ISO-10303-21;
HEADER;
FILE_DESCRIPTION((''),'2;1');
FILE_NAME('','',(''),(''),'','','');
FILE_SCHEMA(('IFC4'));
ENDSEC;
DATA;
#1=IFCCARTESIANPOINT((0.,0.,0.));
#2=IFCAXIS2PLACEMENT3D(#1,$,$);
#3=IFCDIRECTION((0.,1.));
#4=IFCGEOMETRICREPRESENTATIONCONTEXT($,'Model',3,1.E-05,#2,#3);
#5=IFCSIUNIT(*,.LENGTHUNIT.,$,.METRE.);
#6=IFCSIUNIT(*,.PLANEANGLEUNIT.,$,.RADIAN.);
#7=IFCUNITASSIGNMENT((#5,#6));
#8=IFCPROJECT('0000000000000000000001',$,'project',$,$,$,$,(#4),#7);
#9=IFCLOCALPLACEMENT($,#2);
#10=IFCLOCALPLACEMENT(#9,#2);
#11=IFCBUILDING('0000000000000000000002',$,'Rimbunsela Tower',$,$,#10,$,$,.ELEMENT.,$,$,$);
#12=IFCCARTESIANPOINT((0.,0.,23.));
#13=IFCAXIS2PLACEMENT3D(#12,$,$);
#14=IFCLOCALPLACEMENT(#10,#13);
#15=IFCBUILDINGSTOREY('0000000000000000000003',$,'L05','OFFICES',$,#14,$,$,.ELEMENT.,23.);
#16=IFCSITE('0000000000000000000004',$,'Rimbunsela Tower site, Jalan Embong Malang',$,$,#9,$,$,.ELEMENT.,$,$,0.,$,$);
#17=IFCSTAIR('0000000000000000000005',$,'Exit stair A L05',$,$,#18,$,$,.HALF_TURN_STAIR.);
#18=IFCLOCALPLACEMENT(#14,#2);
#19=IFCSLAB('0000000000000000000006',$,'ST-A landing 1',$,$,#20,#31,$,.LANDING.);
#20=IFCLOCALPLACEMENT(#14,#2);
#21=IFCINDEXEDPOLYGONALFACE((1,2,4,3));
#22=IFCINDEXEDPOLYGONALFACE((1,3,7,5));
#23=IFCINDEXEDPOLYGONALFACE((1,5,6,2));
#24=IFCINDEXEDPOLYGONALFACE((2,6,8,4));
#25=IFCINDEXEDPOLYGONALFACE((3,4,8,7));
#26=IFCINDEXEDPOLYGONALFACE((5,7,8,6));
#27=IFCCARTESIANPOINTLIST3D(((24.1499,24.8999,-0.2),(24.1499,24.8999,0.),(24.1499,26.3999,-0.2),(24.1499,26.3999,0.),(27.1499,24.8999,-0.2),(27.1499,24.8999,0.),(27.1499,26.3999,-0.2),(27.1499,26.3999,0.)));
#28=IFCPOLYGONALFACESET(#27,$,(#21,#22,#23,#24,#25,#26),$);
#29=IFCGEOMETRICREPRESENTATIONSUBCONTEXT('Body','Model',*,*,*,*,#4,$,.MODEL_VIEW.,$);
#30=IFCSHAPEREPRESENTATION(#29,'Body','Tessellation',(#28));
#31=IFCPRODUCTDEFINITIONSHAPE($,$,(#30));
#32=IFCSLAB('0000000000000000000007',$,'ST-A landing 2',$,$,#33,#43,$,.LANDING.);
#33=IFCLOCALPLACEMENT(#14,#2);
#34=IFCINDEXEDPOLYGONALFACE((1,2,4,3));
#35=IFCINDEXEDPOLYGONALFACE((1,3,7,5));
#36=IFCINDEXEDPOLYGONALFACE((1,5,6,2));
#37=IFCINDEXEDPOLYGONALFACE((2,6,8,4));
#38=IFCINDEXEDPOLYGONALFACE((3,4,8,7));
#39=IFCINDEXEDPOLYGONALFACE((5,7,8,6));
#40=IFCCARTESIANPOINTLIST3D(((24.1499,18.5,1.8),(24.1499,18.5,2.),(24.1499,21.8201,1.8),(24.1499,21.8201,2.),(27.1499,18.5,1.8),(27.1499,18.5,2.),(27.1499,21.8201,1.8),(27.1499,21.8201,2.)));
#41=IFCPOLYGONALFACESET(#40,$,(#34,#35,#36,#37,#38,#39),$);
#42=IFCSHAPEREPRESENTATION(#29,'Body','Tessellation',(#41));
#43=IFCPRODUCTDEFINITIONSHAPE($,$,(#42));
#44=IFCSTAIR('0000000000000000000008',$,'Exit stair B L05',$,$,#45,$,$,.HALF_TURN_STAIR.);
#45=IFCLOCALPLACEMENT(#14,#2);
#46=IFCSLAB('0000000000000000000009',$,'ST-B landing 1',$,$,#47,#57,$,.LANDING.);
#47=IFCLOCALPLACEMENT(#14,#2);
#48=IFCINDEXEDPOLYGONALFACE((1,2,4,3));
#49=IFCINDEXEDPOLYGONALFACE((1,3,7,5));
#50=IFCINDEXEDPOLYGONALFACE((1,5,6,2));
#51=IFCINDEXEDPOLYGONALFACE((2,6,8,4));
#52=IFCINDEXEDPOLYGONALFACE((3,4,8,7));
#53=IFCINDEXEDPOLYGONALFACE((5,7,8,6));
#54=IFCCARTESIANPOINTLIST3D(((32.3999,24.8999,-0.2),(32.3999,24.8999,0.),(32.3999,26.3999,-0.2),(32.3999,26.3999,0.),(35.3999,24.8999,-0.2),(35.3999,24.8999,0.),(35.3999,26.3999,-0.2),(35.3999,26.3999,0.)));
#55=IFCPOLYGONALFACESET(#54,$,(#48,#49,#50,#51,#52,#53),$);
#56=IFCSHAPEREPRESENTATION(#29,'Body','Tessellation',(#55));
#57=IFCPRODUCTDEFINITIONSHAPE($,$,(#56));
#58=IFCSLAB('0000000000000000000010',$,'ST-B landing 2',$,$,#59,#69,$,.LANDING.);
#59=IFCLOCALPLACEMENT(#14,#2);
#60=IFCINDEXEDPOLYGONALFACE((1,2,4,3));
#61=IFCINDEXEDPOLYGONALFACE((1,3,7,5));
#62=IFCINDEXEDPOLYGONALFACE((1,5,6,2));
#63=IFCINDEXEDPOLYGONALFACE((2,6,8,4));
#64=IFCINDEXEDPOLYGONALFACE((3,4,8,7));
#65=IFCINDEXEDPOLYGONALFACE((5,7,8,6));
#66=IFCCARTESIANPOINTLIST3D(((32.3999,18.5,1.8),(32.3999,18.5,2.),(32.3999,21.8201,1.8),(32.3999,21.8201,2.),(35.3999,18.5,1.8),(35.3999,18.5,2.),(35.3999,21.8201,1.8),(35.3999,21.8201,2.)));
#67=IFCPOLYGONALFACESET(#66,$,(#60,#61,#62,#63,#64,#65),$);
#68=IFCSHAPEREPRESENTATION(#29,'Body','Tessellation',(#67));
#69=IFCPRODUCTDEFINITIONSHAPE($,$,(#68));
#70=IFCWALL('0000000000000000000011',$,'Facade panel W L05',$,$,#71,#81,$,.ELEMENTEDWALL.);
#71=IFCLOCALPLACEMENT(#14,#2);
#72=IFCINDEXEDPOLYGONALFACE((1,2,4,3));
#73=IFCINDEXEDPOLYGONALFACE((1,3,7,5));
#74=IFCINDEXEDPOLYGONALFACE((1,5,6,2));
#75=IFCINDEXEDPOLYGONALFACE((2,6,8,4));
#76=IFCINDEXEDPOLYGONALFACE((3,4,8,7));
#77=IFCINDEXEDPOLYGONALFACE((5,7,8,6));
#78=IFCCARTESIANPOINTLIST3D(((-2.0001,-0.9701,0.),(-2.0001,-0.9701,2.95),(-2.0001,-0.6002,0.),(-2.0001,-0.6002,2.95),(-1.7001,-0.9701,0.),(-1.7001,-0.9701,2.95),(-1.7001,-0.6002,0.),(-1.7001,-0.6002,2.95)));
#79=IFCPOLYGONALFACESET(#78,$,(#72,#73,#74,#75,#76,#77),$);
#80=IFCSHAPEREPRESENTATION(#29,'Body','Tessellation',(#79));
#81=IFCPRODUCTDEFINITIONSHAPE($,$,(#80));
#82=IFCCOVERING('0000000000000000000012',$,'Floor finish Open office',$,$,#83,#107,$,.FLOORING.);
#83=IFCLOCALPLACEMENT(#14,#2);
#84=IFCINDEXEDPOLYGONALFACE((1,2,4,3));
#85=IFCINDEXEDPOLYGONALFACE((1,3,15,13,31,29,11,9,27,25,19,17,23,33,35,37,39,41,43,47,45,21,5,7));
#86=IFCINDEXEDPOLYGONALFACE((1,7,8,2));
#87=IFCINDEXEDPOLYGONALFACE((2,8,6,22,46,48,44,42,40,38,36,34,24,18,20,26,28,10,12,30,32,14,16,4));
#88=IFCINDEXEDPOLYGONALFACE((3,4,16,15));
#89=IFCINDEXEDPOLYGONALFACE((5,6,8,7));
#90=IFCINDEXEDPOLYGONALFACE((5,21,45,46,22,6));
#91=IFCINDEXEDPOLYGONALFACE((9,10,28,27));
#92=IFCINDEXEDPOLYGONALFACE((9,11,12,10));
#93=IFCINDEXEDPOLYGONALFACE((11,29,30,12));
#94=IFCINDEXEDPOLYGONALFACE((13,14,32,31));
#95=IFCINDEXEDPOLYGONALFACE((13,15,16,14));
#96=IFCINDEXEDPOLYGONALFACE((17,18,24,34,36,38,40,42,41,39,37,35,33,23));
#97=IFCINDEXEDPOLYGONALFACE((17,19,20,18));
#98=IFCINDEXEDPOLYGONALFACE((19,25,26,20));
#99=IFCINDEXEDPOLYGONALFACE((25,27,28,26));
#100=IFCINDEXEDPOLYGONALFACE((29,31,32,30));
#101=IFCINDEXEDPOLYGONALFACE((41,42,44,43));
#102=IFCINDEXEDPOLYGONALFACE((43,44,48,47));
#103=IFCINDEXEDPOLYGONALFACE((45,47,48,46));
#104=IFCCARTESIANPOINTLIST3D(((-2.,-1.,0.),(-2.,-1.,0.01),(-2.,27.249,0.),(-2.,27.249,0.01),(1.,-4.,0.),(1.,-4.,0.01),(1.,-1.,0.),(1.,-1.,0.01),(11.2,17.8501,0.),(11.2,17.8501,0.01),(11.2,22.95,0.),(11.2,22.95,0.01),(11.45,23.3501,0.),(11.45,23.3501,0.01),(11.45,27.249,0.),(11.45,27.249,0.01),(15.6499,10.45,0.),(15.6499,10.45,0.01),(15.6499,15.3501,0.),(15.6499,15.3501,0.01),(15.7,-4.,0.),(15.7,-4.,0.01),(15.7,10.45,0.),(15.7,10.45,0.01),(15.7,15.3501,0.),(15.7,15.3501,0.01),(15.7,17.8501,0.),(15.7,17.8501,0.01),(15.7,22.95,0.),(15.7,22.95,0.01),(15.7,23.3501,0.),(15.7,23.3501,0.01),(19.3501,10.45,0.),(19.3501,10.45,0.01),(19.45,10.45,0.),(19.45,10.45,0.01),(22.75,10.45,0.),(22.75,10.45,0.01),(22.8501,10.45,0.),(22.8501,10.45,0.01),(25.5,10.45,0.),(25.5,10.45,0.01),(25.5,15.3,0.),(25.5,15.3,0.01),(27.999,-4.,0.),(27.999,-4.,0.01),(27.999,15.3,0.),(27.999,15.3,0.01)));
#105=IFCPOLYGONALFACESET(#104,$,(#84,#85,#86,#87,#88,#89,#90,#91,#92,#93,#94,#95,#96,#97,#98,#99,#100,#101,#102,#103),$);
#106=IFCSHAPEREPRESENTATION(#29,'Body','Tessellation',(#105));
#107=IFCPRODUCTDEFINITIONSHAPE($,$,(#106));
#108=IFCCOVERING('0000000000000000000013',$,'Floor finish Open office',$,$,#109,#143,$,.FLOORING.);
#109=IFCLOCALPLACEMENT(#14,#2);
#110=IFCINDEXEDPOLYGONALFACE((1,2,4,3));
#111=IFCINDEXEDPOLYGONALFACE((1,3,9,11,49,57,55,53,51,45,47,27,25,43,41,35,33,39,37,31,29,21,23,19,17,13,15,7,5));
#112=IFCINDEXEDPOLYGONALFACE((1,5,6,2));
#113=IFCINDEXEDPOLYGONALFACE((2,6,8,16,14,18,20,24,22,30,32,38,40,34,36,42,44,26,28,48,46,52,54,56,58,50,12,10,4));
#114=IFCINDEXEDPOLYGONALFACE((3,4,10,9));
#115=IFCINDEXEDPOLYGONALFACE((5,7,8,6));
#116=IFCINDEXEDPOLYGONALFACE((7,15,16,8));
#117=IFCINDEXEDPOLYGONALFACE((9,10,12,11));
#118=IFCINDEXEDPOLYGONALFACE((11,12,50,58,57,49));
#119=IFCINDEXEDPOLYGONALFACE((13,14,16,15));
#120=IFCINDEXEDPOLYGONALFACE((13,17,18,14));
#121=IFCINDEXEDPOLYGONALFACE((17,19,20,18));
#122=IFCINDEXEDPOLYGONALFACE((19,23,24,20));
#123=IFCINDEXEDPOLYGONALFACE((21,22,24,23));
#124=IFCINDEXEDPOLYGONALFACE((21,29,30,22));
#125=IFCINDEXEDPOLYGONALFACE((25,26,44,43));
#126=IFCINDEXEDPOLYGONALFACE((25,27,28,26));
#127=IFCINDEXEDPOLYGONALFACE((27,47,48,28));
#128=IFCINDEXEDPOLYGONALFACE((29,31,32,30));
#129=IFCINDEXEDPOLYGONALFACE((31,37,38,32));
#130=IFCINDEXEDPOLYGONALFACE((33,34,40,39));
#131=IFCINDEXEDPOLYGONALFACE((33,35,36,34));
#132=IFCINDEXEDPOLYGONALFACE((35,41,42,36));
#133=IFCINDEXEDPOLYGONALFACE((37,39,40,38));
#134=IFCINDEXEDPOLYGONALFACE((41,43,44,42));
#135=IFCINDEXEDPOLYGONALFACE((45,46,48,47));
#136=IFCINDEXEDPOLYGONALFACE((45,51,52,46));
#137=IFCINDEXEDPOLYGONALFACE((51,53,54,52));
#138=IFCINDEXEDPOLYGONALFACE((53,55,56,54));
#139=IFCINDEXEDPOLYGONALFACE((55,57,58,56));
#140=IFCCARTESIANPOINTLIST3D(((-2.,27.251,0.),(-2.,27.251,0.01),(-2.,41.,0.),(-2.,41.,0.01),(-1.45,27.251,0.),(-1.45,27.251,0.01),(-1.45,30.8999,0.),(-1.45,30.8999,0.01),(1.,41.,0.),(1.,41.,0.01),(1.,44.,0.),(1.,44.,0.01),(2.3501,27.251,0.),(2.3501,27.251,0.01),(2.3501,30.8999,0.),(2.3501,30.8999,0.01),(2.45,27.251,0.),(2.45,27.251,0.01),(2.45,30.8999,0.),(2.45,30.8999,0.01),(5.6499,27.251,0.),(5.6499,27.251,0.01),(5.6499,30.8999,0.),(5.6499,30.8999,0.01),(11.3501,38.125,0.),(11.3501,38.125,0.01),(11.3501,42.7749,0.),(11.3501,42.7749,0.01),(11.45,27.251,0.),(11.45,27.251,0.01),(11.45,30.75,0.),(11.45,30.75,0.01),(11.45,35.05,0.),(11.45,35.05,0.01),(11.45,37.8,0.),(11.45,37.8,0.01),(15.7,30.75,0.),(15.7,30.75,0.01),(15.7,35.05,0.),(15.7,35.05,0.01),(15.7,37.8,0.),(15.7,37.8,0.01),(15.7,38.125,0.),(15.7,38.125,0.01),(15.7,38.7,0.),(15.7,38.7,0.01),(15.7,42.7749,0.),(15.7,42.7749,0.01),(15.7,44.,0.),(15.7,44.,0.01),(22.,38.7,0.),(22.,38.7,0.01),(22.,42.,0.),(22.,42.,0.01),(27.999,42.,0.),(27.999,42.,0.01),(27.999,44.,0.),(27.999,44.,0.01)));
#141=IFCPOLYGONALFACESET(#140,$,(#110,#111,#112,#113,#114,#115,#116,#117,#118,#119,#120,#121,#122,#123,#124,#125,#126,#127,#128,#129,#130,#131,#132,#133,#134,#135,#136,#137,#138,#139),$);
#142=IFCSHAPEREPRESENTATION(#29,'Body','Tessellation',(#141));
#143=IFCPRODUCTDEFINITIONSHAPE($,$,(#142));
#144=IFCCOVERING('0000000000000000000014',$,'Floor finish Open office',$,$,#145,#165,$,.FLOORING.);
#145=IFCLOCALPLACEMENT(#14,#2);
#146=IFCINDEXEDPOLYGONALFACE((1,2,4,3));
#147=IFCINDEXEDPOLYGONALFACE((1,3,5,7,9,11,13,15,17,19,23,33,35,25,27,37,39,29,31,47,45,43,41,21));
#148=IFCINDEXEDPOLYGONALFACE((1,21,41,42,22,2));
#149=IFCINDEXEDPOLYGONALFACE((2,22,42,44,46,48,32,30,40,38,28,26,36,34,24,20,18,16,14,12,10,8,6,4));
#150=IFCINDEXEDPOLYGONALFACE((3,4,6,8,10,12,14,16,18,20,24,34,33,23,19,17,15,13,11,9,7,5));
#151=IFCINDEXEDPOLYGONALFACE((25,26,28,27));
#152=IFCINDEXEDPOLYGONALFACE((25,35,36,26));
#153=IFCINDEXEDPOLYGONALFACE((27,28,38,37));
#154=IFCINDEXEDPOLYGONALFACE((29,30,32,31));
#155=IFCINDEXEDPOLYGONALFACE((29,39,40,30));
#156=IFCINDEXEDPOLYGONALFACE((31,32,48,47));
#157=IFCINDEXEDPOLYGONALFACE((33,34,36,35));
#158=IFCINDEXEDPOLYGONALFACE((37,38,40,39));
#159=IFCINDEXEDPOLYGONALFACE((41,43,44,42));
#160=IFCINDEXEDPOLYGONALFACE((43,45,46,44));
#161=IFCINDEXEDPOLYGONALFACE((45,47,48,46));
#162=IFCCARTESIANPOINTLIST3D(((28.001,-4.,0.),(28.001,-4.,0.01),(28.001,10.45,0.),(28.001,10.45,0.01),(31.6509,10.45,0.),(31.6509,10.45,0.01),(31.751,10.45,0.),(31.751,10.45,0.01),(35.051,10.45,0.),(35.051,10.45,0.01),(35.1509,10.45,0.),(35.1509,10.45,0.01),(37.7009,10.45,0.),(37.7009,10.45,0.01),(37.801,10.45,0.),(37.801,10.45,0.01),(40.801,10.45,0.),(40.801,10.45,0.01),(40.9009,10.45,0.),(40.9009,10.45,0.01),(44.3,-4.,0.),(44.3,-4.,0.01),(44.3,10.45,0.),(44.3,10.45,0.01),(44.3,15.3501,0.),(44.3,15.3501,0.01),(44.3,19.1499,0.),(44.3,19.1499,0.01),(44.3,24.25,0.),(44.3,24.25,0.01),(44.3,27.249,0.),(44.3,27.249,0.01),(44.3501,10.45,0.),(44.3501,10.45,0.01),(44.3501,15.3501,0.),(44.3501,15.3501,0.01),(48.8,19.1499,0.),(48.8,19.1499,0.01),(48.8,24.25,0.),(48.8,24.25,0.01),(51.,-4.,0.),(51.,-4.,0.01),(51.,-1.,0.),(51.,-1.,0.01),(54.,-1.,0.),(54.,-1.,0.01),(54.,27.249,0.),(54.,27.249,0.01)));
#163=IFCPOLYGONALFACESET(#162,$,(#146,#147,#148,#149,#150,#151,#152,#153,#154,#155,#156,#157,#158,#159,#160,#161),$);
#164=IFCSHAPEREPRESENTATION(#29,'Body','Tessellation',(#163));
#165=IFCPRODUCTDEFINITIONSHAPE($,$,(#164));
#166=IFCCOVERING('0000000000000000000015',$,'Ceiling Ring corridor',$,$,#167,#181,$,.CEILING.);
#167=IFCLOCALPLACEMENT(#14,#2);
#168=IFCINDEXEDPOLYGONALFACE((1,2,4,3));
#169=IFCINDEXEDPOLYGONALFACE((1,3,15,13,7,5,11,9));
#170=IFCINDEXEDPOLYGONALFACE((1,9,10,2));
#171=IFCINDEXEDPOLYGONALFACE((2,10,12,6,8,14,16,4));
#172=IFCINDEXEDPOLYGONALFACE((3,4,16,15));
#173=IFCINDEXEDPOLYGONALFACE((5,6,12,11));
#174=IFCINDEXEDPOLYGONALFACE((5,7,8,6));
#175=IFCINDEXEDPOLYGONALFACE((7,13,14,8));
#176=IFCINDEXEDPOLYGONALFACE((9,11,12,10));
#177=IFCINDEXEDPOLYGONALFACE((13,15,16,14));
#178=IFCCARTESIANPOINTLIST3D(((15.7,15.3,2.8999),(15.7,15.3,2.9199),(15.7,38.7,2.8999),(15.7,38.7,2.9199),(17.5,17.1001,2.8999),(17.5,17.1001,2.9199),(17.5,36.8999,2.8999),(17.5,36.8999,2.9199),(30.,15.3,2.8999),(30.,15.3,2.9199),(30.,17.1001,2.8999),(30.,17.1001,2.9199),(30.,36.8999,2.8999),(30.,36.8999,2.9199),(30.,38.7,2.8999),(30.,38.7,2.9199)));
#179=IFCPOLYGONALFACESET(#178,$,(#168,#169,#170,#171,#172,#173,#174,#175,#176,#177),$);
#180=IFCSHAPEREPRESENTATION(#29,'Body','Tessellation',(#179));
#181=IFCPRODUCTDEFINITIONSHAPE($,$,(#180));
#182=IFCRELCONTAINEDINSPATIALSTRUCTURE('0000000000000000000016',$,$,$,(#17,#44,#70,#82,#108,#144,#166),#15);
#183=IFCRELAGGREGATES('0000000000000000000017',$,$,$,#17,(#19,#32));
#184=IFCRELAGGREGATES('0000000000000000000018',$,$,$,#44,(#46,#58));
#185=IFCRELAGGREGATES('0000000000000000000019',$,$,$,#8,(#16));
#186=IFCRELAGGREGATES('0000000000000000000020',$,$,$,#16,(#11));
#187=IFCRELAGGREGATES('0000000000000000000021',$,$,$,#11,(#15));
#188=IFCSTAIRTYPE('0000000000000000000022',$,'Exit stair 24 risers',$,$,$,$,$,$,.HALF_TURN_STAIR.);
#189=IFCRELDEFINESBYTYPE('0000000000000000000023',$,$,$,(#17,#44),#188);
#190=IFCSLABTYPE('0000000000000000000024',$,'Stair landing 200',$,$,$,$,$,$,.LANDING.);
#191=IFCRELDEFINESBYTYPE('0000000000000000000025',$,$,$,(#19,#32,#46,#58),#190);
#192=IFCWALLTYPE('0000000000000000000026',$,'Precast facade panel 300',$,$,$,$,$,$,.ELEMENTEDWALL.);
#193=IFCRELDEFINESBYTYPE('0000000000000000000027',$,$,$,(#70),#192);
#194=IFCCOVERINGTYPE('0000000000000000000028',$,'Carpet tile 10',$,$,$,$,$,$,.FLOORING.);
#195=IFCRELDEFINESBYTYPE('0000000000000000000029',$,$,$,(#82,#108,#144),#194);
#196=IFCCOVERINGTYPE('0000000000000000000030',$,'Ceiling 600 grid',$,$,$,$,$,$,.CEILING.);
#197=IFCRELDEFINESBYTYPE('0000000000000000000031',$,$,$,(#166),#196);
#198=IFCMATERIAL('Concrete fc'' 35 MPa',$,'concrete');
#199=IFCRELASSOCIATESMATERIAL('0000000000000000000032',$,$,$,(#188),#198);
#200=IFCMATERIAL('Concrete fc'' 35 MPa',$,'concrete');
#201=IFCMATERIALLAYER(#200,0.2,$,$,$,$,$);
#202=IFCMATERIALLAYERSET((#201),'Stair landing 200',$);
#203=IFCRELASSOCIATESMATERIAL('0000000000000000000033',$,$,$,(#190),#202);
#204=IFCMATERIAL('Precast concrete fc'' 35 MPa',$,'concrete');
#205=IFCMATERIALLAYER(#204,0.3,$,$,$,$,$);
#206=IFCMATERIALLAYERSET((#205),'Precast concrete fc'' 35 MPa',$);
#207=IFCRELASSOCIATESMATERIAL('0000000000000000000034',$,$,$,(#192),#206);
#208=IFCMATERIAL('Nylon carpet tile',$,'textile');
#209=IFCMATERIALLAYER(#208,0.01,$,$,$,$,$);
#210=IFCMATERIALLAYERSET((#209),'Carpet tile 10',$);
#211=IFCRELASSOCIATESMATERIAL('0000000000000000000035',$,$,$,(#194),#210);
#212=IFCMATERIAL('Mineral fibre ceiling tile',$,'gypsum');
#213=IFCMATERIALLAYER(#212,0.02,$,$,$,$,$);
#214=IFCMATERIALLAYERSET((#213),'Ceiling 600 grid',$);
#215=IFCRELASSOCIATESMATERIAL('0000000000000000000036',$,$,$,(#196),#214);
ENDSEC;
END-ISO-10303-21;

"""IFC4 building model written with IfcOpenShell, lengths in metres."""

from ifc_helpers import new_model, si_unit, direction, frame, frame_2d, origin, place, context, subcontext, project, spatial, polyline, rectangle, outline, extrude, material, layer, layer_set, type_object, element, aggregate, save


model = new_model("IFC4")

# Units and contexts
model_context = context("Model", 3, precision=1e-05, world=origin(), true_north=direction((0.0, 1.0)))
body_context = subcontext(model_context, "Body", "Model", "MODEL_VIEW")
ifc_project = project(units=[si_unit("LENGTHUNIT", "METRE"), si_unit("PLANEANGLEUNIT", "RADIAN")], contexts=[model_context])

# Site, building, storey
site_placement = place(None, origin())
site = spatial("IfcSite", under=ifc_project, at=site_placement, Name="Rimbunsela Tower site, Jalan Embong Malang", CompositionType="ELEMENT", RefElevation=0.0)
building_placement = place(site_placement, origin())
building = spatial("IfcBuilding", under=site, at=building_placement, Name="Rimbunsela Tower", CompositionType="ELEMENT")
storey_placement = place(building_placement, frame((0.0, 0.0, 23.0)))
storey = spatial("IfcBuildingStorey", under=building, at=storey_placement, Name="L05", Description="OFFICES", CompositionType="ELEMENT", Elevation=23.0)

# Stairs, slabs
ifc_material_1 = material(Name="Concrete fc' 35 MPa", Category="concrete")
stair_type = type_object("IfcStairType", Name="Exit stair 24 risers", PredefinedType="HALF_TURN_STAIR", material=ifc_material_1)
stair_1_placement = place(storey_placement, origin())
stair_1 = element("IfcStair", 1, at=stair_1_placement, inside=storey, type_object=stair_type, Name="Exit stair A L05", PredefinedType="HALF_TURN_STAIR")
ifc_material_2 = material(Name="Concrete fc' 35 MPa", Category="concrete")
ifc_layer_1 = layer(ifc_material_2, 0.2)
ifc_layer_set_1 = layer_set([ifc_layer_1], Name="Stair landing 200")
slab_type_1 = type_object("IfcSlabType", Name="Stair landing 200", PredefinedType="LANDING", material=ifc_layer_set_1)
slab_1_placement = place(storey_placement, frame((0.0, 0.0, -0.2)))
slab_1 = element("IfcSlab", 2, at=slab_1_placement, type_object=slab_type_1, Name="ST-A landing 1", PredefinedType="LANDING", context=body_context, shape_type="SweptSolid", body=[
    extrude(outline(polyline([(24.1499, 24.8999), (27.1499, 24.8999), (27.1499, 26.3999), (24.1499, 26.3999), (24.1499, 24.8999)])), origin(), (0.0, 0.0, 1.0), 0.2),
])
slab_2_placement = place(storey_placement, frame((0.0, 0.0, 1.8)))
slab_2 = element("IfcSlab", 3, at=slab_2_placement, type_object=slab_type_1, Name="ST-A landing 2", PredefinedType="LANDING", context=body_context, shape_type="SweptSolid", body=[
    extrude(outline(polyline([(24.1499, 18.5), (27.1499, 18.5), (27.1499, 21.8201), (24.1499, 21.8201), (24.1499, 18.5)])), origin(), (0.0, 0.0, 1.0), 0.2),
])
aggregate(stair_1, [slab_1, slab_2])
stair_2_placement = place(storey_placement, origin())
stair_2 = element("IfcStair", 4, at=stair_2_placement, inside=storey, type_object=stair_type, Name="Exit stair B L05", PredefinedType="HALF_TURN_STAIR")
slab_3_placement = place(storey_placement, frame((0.0, 0.0, -0.2)))
slab_3 = element("IfcSlab", 5, at=slab_3_placement, type_object=slab_type_1, Name="ST-B landing 1", PredefinedType="LANDING", context=body_context, shape_type="SweptSolid", body=[
    extrude(outline(polyline([(32.3999, 24.8999), (35.3999, 24.8999), (35.3999, 26.3999), (32.3999, 26.3999), (32.3999, 24.8999)])), origin(), (0.0, 0.0, 1.0), 0.2),
])
slab_4_placement = place(storey_placement, frame((0.0, 0.0, 1.8)))
slab_4 = element("IfcSlab", 6, at=slab_4_placement, type_object=slab_type_1, Name="ST-B landing 2", PredefinedType="LANDING", context=body_context, shape_type="SweptSolid", body=[
    extrude(outline(polyline([(32.3999, 18.5), (35.3999, 18.5), (35.3999, 21.8201), (32.3999, 21.8201), (32.3999, 18.5)])), origin(), (0.0, 0.0, 1.0), 0.2),
])
aggregate(stair_2, [slab_3, slab_4])

# Wall
ifc_material_3 = material(Name="Precast concrete fc' 35 MPa", Category="concrete")
ifc_layer_2 = layer(ifc_material_3, 0.3)
ifc_layer_set_2 = layer_set([ifc_layer_2], Name="Precast concrete fc' 35 MPa")
wall_type = type_object("IfcWallType", Name="Precast facade panel 300", PredefinedType="ELEMENTEDWALL", material=ifc_layer_set_2)
wall_placement = place(storey_placement, frame((-1.8501, -0.6001, 0.0), z_axis=(0.0, 0.0, 1.0), x_axis=(0.0, -1.0, 0.0)))
element("IfcWall", 7, at=wall_placement, inside=storey, type_object=wall_type, Name="Facade panel W L05", PredefinedType="ELEMENTEDWALL", context=body_context, shape_type="SweptSolid", body=[
    extrude(rectangle(XDim=0.3699, YDim=0.3, at=frame_2d((0.1851, 0.0))), origin(), (0.0, 0.0, 1.0), 2.95),
])

# Coverings
ifc_material_4 = material(Name="Nylon carpet tile", Category="textile")
ifc_layer_3 = layer(ifc_material_4, 0.01)
ifc_layer_set_3 = layer_set([ifc_layer_3], Name="Carpet tile 10")
covering_type_1 = type_object("IfcCoveringType", Name="Carpet tile 10", PredefinedType="FLOORING", material=ifc_layer_set_3)
covering_1_placement = place(storey_placement, origin())
element("IfcCovering", 8, at=covering_1_placement, inside=storey, type_object=covering_type_1, Name="Floor finish Open office", PredefinedType="FLOORING", context=body_context, shape_type="SweptSolid", body=[
    extrude(outline(polyline([(19.45, 10.45), (22.75, 10.45), (22.8501, 10.45), (25.5, 10.45), (25.5, 15.3), (27.999, 15.3), (27.999, -4.0), (15.7, -4.0), (1.0, -4.0), (1.0, -1.0), (-2.0, -1.0), (-2.0, 27.249), (11.45, 27.249), (11.45, 23.3501), (15.7, 23.3501), (15.7, 22.95), (11.2, 22.95), (11.2, 17.8501), (15.7, 17.8501), (15.7, 15.3501), (15.6499, 15.3501), (15.6499, 10.45), (15.7, 10.45), (19.3501, 10.45), (19.45, 10.45)])), origin(), (0.0, 0.0, 1.0), 0.01),
])
covering_2_placement = place(storey_placement, origin())
element("IfcCovering", 9, at=covering_2_placement, inside=storey, type_object=covering_type_1, Name="Floor finish Open office", PredefinedType="FLOORING", context=body_context, shape_type="SweptSolid", body=[
    extrude(outline(polyline([(15.7, 42.7749), (11.3501, 42.7749), (11.3501, 38.125), (15.7, 38.125), (15.7, 37.8), (11.45, 37.8), (11.45, 35.05), (15.7, 35.05), (15.7, 30.75), (11.45, 30.75), (11.45, 27.251), (5.6499, 27.251), (5.6499, 30.8999), (2.45, 30.8999), (2.45, 27.251), (2.3501, 27.251), (2.3501, 30.8999), (-1.45, 30.8999), (-1.45, 27.251), (-2.0, 27.251), (-2.0, 41.0), (1.0, 41.0), (1.0, 44.0), (15.7, 44.0), (27.999, 44.0), (27.999, 42.0), (22.0, 42.0), (22.0, 38.7), (15.7, 38.7), (15.7, 42.7749)])), origin(), (0.0, 0.0, 1.0), 0.01),
])
covering_3_placement = place(storey_placement, origin())
element("IfcCovering", 10, at=covering_3_placement, inside=storey, type_object=covering_type_1, Name="Floor finish Open office", PredefinedType="FLOORING", context=body_context, shape_type="SweptSolid", body=[
    extrude(outline(polyline([(28.001, 10.45), (31.6509, 10.45), (31.751, 10.45), (35.051, 10.45), (35.1509, 10.45), (37.7009, 10.45), (37.801, 10.45), (40.801, 10.45), (40.9009, 10.45), (44.3, 10.45), (44.3501, 10.45), (44.3501, 15.3501), (44.3, 15.3501), (44.3, 19.1499), (48.8, 19.1499), (48.8, 24.25), (44.3, 24.25), (44.3, 27.249), (54.0, 27.249), (54.0, -1.0), (51.0, -1.0), (51.0, -4.0), (44.3, -4.0), (28.001, -4.0), (28.001, 10.45)])), origin(), (0.0, 0.0, 1.0), 0.01),
])
ifc_material_5 = material(Name="Mineral fibre ceiling tile", Category="gypsum")
ifc_layer_4 = layer(ifc_material_5, 0.02)
ifc_layer_set_4 = layer_set([ifc_layer_4], Name="Ceiling 600 grid")
covering_type_2 = type_object("IfcCoveringType", Name="Ceiling 600 grid", PredefinedType="CEILING", material=ifc_layer_set_4)
covering_4_placement = place(storey_placement, frame((0.0, 0.0, 2.8999)))
element("IfcCovering", 11, at=covering_4_placement, inside=storey, type_object=covering_type_2, Name="Ceiling Ring corridor", PredefinedType="CEILING", context=body_context, shape_type="SweptSolid", body=[
    extrude(outline(polyline([(15.7, 38.7), (30.0, 38.7), (30.0, 36.8999), (17.5, 36.8999), (17.5, 17.1001), (30.0, 17.1001), (30.0, 15.3), (15.7, 15.3), (15.7, 38.7)])), origin(), (0.0, 0.0, 1.0), 0.02),
])

save(model, "model.ifc")
